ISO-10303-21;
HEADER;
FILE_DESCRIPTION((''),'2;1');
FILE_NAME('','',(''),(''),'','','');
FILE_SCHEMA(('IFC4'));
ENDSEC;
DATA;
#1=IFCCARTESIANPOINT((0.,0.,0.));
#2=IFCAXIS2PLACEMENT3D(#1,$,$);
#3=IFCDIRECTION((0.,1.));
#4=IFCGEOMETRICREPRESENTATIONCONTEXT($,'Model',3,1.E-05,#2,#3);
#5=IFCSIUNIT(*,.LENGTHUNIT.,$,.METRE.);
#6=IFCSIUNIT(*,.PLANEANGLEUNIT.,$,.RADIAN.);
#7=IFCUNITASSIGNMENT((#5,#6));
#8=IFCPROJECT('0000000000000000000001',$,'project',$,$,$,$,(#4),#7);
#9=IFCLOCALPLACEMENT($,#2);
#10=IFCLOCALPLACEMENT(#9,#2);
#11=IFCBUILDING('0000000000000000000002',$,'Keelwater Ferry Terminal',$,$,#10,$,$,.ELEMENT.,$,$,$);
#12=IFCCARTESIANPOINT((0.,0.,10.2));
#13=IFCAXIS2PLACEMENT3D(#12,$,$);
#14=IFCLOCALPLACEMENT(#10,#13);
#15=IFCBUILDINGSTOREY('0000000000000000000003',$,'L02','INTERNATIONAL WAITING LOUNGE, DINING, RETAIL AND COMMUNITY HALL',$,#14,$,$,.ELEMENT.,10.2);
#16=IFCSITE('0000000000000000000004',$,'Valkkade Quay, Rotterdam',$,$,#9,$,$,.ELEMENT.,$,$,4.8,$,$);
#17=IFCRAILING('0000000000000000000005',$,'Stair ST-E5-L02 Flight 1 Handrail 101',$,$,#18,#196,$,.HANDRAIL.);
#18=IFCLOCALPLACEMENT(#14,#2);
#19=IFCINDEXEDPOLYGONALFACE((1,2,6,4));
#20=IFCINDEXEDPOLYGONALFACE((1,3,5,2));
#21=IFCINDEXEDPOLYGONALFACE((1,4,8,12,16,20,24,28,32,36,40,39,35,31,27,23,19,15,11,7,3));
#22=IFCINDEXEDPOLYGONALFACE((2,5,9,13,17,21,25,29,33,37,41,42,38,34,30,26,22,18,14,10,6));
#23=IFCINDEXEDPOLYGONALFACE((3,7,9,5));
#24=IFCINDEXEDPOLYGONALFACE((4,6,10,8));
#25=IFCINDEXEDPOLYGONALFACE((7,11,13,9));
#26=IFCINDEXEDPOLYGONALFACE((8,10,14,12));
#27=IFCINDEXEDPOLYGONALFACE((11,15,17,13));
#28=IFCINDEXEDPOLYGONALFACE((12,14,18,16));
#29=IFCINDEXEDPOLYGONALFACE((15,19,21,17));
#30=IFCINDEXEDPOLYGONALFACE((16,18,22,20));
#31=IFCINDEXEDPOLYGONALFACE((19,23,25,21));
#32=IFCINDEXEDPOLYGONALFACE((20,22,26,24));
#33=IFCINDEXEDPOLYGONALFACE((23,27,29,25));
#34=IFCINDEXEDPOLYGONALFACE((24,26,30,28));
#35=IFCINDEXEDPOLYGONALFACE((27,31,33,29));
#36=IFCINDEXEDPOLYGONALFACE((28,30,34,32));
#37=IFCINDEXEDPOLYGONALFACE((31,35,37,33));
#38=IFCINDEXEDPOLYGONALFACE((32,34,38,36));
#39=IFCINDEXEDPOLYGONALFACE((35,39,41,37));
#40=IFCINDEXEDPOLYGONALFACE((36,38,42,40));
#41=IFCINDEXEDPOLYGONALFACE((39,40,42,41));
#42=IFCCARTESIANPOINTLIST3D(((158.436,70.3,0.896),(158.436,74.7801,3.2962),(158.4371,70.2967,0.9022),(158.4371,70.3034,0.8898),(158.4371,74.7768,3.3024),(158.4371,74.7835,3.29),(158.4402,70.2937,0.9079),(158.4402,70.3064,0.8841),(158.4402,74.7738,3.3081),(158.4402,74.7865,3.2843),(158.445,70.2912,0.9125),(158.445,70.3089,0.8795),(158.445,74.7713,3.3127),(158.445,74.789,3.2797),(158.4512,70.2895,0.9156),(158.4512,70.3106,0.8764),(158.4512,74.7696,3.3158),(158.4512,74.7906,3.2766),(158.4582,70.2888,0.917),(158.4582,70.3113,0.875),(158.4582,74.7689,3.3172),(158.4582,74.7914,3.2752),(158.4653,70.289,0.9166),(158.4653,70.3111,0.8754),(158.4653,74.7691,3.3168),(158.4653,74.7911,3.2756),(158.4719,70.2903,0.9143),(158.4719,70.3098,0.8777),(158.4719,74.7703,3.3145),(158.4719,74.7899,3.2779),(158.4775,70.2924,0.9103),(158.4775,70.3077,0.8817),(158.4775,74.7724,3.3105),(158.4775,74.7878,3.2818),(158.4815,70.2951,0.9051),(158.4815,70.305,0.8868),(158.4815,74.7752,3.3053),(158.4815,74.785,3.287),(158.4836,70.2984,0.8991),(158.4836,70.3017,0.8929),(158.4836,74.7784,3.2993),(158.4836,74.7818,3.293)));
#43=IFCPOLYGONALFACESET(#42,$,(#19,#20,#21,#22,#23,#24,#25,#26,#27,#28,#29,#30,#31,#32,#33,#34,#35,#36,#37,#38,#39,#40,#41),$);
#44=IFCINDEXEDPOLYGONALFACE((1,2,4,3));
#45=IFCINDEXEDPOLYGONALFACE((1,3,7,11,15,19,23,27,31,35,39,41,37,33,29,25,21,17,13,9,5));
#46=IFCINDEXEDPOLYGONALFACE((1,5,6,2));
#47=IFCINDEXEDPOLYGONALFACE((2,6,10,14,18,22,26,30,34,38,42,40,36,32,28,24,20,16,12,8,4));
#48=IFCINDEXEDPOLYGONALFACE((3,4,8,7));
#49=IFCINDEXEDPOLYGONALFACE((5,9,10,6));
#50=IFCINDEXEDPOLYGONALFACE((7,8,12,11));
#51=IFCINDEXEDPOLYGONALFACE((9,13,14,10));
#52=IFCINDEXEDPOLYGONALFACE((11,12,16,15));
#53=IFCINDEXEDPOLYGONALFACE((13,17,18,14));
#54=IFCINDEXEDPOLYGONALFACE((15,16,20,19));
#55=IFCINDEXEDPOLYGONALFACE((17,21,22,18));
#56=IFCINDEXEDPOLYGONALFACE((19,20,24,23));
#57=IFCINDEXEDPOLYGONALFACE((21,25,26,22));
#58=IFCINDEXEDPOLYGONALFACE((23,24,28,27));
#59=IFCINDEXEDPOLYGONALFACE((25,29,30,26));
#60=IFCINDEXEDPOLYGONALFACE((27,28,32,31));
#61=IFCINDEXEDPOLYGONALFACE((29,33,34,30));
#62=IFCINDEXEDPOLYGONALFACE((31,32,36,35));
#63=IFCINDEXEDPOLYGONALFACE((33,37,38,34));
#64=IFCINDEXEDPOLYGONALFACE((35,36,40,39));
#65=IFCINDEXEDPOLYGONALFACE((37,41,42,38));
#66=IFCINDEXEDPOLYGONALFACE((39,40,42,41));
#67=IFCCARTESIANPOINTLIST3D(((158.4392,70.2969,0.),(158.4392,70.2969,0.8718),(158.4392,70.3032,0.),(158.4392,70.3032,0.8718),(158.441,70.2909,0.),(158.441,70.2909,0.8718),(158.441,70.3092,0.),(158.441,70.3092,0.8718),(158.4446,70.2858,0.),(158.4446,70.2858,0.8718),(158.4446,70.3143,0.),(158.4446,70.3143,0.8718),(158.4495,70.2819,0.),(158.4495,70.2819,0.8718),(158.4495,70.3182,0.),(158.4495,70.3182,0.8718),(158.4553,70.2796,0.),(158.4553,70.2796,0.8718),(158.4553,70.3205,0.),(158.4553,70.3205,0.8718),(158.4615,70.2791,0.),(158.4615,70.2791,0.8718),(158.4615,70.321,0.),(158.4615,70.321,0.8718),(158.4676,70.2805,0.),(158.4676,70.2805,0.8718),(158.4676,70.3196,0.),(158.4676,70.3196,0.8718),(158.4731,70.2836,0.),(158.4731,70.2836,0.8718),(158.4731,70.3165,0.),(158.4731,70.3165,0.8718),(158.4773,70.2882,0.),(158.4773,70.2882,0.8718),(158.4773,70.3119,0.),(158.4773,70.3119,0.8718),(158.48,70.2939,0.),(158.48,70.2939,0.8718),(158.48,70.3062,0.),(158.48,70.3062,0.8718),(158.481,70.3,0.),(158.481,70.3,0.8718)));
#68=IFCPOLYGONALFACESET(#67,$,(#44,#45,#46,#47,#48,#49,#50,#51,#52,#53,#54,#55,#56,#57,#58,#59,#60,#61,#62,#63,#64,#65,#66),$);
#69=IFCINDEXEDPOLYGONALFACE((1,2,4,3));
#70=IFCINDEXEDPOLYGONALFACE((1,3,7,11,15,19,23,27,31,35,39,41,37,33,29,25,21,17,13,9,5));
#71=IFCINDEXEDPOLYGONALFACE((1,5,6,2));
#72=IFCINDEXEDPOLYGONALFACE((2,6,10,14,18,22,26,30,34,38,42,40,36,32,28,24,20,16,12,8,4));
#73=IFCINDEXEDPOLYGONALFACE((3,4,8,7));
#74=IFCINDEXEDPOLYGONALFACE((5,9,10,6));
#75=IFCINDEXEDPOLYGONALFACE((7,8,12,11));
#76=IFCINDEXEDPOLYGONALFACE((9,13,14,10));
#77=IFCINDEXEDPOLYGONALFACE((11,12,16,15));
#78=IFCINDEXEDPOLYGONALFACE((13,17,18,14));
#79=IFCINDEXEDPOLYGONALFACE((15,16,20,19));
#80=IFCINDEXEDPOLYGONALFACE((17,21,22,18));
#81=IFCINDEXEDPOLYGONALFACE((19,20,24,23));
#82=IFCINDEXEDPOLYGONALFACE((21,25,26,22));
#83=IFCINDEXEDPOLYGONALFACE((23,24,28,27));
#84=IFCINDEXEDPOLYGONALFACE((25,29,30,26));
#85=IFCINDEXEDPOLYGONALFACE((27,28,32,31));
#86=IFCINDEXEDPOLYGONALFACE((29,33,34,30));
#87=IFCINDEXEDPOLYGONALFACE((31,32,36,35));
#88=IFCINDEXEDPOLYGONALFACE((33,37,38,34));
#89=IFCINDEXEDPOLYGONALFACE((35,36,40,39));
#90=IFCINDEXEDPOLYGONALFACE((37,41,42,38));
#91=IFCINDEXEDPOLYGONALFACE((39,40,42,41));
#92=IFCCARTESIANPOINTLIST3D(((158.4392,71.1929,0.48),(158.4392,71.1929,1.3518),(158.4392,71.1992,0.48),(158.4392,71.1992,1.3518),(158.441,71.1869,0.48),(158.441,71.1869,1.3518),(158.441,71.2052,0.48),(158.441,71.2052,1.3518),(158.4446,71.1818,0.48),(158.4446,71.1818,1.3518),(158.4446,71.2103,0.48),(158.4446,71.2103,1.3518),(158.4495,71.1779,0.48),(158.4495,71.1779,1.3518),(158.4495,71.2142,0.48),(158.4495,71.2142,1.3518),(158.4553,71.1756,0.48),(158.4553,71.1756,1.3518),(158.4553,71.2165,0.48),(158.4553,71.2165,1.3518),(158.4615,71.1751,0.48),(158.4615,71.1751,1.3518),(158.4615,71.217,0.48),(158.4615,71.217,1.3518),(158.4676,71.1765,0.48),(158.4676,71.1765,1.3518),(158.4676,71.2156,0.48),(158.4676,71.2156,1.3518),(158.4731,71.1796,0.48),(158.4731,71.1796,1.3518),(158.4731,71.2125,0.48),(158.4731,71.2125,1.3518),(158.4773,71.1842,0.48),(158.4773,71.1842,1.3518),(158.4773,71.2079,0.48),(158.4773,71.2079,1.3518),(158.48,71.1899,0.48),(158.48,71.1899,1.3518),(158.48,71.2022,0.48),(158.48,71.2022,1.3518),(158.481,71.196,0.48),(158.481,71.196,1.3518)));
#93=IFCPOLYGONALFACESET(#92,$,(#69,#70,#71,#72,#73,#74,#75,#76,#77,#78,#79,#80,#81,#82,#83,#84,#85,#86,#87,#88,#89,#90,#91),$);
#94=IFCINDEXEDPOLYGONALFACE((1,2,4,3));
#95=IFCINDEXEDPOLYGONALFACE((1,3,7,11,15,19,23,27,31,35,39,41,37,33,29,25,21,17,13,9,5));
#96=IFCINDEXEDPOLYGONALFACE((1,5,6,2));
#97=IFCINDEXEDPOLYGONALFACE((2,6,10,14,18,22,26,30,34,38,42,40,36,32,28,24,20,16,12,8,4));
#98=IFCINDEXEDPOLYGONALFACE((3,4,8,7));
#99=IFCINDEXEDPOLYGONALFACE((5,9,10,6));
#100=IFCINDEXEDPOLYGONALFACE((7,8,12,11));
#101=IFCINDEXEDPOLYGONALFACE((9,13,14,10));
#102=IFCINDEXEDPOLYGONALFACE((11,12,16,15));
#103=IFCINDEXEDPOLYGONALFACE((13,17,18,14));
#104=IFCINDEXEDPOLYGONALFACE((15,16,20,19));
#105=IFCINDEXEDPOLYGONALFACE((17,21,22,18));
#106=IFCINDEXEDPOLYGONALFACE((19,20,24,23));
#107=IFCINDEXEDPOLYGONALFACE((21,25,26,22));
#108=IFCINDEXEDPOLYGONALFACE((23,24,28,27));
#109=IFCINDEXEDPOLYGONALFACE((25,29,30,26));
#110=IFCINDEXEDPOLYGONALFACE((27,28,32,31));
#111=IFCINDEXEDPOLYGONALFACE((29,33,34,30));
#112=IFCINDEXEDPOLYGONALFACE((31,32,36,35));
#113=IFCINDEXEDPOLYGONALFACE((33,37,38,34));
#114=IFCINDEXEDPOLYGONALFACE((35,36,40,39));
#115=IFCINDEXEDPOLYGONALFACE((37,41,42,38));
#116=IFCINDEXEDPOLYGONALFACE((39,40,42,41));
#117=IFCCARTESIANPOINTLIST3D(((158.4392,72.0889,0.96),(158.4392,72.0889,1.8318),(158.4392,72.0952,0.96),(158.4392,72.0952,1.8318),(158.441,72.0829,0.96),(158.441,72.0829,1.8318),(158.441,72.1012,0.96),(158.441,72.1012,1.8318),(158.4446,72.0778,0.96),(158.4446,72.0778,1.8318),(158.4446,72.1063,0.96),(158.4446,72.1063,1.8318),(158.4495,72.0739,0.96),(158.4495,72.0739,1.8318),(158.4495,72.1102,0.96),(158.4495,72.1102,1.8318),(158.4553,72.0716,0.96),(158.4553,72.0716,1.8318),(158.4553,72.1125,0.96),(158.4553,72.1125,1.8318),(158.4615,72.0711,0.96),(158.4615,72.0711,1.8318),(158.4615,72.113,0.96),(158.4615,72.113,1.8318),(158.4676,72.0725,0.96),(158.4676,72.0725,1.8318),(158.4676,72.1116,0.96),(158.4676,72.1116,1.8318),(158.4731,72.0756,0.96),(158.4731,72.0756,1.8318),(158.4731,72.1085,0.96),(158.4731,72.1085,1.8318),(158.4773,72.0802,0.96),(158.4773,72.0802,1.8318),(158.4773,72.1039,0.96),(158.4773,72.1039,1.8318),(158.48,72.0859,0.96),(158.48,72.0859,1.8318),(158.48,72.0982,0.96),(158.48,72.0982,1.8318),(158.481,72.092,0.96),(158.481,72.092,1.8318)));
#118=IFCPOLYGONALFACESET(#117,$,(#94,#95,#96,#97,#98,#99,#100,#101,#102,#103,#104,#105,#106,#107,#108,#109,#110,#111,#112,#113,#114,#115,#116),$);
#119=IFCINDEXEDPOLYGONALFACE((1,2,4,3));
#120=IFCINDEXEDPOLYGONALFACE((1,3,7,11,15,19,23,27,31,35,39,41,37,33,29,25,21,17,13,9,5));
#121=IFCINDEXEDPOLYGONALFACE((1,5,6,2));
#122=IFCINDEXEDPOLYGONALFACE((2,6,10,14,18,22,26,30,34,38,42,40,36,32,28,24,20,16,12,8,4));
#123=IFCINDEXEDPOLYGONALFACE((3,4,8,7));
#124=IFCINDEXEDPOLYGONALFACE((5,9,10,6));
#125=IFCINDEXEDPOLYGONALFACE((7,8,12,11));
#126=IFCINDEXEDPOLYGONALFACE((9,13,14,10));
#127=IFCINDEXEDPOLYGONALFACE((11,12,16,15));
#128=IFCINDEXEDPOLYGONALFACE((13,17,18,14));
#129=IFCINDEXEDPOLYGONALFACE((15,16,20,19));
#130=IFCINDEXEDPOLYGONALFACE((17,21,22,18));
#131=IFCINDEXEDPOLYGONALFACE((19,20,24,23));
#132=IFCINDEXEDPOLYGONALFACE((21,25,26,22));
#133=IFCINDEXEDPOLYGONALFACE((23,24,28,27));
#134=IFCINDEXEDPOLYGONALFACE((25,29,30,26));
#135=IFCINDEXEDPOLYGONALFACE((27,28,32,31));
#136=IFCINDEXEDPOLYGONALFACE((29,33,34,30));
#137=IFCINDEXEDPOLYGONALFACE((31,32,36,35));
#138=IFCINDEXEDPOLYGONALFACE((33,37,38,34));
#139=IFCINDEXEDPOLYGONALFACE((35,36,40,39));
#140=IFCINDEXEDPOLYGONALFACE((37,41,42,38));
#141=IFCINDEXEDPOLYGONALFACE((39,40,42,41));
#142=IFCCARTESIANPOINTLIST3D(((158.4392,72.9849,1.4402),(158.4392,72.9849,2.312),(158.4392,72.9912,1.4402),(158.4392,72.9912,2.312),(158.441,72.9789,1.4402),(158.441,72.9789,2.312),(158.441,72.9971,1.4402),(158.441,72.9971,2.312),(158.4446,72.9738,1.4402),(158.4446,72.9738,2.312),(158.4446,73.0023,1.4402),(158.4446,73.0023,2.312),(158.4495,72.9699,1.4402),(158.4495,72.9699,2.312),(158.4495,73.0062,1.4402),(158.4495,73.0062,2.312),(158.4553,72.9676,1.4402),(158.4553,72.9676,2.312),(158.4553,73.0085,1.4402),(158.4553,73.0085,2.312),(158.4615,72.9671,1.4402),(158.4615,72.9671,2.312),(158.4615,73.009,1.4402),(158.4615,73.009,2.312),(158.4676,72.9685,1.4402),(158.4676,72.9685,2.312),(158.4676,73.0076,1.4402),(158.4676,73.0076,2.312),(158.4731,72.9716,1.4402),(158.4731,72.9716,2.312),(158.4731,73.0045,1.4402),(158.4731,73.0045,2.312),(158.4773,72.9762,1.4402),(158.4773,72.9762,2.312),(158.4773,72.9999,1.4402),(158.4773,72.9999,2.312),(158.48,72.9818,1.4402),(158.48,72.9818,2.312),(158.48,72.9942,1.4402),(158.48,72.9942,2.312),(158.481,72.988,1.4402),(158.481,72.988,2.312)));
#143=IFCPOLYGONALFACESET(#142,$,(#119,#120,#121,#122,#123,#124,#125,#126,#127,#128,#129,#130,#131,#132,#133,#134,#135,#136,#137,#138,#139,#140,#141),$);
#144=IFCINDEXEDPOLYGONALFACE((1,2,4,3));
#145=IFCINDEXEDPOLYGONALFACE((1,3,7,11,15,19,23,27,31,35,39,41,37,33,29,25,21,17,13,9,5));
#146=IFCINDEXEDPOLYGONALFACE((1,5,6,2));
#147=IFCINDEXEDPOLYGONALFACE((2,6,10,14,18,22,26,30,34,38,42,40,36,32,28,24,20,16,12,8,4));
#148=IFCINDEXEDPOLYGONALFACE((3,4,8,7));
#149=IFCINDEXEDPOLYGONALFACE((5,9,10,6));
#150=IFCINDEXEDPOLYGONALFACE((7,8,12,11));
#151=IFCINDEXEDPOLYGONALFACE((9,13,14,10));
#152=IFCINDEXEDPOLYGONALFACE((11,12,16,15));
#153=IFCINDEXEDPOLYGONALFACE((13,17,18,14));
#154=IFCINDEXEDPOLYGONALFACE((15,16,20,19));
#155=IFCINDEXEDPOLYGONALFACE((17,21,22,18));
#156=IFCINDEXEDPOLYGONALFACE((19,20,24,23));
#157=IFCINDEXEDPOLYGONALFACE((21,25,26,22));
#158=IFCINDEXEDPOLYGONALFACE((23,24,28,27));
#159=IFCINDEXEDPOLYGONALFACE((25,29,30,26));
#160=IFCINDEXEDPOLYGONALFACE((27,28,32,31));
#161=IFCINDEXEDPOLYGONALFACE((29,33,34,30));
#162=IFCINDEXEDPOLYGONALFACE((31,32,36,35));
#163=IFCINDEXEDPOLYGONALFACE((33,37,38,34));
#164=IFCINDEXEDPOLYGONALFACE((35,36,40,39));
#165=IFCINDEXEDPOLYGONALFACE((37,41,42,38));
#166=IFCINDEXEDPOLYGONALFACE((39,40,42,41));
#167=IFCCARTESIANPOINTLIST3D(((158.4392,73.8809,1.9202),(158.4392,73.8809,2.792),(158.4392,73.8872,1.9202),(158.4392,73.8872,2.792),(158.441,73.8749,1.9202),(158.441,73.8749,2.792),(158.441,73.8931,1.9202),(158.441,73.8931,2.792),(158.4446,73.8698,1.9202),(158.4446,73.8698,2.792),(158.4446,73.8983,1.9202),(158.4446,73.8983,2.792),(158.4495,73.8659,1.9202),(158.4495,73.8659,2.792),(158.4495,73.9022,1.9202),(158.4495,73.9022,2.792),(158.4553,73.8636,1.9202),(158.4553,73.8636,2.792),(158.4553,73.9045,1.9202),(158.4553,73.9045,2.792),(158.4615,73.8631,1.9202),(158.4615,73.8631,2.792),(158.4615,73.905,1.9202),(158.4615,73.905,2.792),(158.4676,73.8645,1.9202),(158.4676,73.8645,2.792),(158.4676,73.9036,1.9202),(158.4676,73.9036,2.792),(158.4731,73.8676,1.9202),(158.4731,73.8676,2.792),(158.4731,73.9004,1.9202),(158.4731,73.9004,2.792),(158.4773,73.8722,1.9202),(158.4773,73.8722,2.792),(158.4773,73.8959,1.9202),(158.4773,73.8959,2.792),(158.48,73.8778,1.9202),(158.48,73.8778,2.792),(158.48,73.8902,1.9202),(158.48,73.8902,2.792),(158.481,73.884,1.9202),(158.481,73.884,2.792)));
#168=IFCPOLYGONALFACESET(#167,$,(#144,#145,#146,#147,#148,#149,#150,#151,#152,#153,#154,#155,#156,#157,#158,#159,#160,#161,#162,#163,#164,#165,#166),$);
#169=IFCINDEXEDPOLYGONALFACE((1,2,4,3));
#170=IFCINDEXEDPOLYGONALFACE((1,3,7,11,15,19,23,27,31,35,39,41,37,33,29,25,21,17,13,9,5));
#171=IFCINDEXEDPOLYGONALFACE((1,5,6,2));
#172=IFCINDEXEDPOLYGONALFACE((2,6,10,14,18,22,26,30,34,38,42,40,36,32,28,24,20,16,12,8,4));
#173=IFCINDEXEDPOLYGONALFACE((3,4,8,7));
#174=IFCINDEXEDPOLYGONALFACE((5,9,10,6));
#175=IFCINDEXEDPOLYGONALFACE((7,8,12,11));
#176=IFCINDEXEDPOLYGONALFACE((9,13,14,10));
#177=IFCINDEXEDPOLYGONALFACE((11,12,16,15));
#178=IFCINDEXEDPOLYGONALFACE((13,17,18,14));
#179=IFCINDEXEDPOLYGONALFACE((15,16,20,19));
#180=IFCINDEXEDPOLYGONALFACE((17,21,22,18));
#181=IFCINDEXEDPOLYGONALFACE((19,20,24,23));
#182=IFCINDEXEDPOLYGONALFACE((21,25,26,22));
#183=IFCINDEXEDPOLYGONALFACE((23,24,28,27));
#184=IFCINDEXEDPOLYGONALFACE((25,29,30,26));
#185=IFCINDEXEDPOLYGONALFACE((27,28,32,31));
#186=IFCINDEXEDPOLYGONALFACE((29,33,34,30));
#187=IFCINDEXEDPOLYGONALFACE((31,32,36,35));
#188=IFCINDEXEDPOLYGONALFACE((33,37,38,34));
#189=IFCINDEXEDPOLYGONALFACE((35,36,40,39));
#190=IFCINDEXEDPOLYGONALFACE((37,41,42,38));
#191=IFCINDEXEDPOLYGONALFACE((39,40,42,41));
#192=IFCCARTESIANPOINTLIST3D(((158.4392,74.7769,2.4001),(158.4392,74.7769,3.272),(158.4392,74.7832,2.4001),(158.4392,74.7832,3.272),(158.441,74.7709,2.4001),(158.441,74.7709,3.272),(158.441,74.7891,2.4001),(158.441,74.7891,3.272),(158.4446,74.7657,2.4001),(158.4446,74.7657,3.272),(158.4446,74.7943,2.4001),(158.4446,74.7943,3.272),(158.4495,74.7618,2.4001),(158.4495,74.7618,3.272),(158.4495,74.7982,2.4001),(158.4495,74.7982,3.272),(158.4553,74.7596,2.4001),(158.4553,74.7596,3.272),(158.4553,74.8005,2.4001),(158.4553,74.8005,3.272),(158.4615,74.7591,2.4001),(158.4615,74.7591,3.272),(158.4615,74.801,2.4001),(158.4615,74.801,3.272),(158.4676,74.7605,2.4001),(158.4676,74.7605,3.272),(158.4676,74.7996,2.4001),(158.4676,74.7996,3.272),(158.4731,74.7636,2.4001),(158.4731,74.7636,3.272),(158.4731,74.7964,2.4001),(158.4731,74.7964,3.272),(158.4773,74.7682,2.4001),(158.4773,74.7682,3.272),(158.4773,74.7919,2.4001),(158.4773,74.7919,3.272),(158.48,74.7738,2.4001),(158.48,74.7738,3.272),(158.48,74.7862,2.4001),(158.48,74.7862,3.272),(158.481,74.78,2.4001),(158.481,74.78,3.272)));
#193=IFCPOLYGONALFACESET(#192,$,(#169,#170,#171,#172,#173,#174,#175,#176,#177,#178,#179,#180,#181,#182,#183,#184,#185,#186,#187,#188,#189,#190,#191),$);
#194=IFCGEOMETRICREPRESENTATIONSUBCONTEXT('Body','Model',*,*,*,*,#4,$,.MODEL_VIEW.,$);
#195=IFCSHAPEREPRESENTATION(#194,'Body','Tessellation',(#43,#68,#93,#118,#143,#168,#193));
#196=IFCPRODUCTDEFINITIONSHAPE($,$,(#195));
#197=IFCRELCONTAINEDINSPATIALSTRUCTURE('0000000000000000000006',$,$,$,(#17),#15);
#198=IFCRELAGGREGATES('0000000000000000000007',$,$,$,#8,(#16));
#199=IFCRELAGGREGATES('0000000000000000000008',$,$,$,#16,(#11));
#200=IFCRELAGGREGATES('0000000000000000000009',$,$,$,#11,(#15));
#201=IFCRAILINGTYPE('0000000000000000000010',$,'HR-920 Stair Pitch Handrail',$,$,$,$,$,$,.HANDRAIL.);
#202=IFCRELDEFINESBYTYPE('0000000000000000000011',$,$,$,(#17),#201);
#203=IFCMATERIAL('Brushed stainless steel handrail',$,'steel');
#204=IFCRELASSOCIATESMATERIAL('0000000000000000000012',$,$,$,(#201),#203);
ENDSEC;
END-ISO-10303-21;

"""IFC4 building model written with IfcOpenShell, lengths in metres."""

from ifc_helpers import new_model, si_unit, direction, frame, origin, origin_2d, place, context, subcontext, project, spatial, circle, extrude, material, type_object, element, save


model = new_model("IFC4")

# Units and contexts
model_context = context("Model", 3, precision=1e-05, world=origin(), true_north=direction((0.0, 1.0)))
body_context = subcontext(model_context, "Body", "Model", "MODEL_VIEW")
ifc_project = project(units=[si_unit("LENGTHUNIT", "METRE"), si_unit("PLANEANGLEUNIT", "RADIAN")], contexts=[model_context])

# Site, building, storey
site_placement = place(None, origin())
site = spatial("IfcSite", under=ifc_project, at=site_placement, Name="Valkkade Quay, Rotterdam", CompositionType="ELEMENT", RefElevation=4.8)
building_placement = place(site_placement, origin())
building = spatial("IfcBuilding", under=site, at=building_placement, Name="Keelwater Ferry Terminal", CompositionType="ELEMENT")
storey_placement = place(building_placement, frame((0.0, 0.0, 10.2)))
storey = spatial("IfcBuildingStorey", under=building, at=storey_placement, Name="L02", Description="INTERNATIONAL WAITING LOUNGE, DINING, RETAIL AND COMMUNITY HALL", CompositionType="ELEMENT", Elevation=10.2)

# Railing
ifc_material_1 = material(Name="Brushed stainless steel handrail", Category="steel")
railing_type_1 = type_object("IfcRailingType", Name="HR-920 Stair Pitch Handrail", PredefinedType="HANDRAIL", material=ifc_material_1)
railing_1_placement = place(storey_placement, frame((158.46, 70.3, 0.0)))
element("IfcRailing", 1, at=railing_1_placement, inside=storey, type_object=railing_type_1, Name="Stair ST-E5-L02 Flight 1 Handrail 101", PredefinedType="HANDRAIL", context=body_context, shape_type="SweptSolid", body=[
    extrude(circle(Radius=0.0239, at=origin_2d()), frame((0.0, 0.0, 0.896), z_axis=(0.0, 0.881467, 0.472245), x_axis=(-1.0, 0.0, 0.0)), (0.0, 0.0, 1.0), 5.0825),
    extrude(circle(Radius=0.021, at=origin_2d()), origin(), (0.0, 0.0, 1.0), 0.8718),
    extrude(circle(Radius=0.021, at=origin_2d()), frame((0.0, 0.896, 0.48)), (0.0, 0.0, 1.0), 0.8718),
    extrude(circle(Radius=0.021, at=origin_2d()), frame((0.0, 1.792, 0.96)), (0.0, 0.0, 1.0), 0.8718),
    extrude(circle(Radius=0.021, at=origin_2d()), frame((0.0, 2.688, 1.4402)), (0.0, 0.0, 1.0), 0.8718),
    extrude(circle(Radius=0.021, at=origin_2d()), frame((0.0, 3.584, 1.9202)), (0.0, 0.0, 1.0), 0.8718),
    extrude(circle(Radius=0.021, at=origin_2d()), frame((0.0, 4.48, 2.4001)), (0.0, 0.0, 1.0), 0.8718),
])

save(model, "model.ifc")
